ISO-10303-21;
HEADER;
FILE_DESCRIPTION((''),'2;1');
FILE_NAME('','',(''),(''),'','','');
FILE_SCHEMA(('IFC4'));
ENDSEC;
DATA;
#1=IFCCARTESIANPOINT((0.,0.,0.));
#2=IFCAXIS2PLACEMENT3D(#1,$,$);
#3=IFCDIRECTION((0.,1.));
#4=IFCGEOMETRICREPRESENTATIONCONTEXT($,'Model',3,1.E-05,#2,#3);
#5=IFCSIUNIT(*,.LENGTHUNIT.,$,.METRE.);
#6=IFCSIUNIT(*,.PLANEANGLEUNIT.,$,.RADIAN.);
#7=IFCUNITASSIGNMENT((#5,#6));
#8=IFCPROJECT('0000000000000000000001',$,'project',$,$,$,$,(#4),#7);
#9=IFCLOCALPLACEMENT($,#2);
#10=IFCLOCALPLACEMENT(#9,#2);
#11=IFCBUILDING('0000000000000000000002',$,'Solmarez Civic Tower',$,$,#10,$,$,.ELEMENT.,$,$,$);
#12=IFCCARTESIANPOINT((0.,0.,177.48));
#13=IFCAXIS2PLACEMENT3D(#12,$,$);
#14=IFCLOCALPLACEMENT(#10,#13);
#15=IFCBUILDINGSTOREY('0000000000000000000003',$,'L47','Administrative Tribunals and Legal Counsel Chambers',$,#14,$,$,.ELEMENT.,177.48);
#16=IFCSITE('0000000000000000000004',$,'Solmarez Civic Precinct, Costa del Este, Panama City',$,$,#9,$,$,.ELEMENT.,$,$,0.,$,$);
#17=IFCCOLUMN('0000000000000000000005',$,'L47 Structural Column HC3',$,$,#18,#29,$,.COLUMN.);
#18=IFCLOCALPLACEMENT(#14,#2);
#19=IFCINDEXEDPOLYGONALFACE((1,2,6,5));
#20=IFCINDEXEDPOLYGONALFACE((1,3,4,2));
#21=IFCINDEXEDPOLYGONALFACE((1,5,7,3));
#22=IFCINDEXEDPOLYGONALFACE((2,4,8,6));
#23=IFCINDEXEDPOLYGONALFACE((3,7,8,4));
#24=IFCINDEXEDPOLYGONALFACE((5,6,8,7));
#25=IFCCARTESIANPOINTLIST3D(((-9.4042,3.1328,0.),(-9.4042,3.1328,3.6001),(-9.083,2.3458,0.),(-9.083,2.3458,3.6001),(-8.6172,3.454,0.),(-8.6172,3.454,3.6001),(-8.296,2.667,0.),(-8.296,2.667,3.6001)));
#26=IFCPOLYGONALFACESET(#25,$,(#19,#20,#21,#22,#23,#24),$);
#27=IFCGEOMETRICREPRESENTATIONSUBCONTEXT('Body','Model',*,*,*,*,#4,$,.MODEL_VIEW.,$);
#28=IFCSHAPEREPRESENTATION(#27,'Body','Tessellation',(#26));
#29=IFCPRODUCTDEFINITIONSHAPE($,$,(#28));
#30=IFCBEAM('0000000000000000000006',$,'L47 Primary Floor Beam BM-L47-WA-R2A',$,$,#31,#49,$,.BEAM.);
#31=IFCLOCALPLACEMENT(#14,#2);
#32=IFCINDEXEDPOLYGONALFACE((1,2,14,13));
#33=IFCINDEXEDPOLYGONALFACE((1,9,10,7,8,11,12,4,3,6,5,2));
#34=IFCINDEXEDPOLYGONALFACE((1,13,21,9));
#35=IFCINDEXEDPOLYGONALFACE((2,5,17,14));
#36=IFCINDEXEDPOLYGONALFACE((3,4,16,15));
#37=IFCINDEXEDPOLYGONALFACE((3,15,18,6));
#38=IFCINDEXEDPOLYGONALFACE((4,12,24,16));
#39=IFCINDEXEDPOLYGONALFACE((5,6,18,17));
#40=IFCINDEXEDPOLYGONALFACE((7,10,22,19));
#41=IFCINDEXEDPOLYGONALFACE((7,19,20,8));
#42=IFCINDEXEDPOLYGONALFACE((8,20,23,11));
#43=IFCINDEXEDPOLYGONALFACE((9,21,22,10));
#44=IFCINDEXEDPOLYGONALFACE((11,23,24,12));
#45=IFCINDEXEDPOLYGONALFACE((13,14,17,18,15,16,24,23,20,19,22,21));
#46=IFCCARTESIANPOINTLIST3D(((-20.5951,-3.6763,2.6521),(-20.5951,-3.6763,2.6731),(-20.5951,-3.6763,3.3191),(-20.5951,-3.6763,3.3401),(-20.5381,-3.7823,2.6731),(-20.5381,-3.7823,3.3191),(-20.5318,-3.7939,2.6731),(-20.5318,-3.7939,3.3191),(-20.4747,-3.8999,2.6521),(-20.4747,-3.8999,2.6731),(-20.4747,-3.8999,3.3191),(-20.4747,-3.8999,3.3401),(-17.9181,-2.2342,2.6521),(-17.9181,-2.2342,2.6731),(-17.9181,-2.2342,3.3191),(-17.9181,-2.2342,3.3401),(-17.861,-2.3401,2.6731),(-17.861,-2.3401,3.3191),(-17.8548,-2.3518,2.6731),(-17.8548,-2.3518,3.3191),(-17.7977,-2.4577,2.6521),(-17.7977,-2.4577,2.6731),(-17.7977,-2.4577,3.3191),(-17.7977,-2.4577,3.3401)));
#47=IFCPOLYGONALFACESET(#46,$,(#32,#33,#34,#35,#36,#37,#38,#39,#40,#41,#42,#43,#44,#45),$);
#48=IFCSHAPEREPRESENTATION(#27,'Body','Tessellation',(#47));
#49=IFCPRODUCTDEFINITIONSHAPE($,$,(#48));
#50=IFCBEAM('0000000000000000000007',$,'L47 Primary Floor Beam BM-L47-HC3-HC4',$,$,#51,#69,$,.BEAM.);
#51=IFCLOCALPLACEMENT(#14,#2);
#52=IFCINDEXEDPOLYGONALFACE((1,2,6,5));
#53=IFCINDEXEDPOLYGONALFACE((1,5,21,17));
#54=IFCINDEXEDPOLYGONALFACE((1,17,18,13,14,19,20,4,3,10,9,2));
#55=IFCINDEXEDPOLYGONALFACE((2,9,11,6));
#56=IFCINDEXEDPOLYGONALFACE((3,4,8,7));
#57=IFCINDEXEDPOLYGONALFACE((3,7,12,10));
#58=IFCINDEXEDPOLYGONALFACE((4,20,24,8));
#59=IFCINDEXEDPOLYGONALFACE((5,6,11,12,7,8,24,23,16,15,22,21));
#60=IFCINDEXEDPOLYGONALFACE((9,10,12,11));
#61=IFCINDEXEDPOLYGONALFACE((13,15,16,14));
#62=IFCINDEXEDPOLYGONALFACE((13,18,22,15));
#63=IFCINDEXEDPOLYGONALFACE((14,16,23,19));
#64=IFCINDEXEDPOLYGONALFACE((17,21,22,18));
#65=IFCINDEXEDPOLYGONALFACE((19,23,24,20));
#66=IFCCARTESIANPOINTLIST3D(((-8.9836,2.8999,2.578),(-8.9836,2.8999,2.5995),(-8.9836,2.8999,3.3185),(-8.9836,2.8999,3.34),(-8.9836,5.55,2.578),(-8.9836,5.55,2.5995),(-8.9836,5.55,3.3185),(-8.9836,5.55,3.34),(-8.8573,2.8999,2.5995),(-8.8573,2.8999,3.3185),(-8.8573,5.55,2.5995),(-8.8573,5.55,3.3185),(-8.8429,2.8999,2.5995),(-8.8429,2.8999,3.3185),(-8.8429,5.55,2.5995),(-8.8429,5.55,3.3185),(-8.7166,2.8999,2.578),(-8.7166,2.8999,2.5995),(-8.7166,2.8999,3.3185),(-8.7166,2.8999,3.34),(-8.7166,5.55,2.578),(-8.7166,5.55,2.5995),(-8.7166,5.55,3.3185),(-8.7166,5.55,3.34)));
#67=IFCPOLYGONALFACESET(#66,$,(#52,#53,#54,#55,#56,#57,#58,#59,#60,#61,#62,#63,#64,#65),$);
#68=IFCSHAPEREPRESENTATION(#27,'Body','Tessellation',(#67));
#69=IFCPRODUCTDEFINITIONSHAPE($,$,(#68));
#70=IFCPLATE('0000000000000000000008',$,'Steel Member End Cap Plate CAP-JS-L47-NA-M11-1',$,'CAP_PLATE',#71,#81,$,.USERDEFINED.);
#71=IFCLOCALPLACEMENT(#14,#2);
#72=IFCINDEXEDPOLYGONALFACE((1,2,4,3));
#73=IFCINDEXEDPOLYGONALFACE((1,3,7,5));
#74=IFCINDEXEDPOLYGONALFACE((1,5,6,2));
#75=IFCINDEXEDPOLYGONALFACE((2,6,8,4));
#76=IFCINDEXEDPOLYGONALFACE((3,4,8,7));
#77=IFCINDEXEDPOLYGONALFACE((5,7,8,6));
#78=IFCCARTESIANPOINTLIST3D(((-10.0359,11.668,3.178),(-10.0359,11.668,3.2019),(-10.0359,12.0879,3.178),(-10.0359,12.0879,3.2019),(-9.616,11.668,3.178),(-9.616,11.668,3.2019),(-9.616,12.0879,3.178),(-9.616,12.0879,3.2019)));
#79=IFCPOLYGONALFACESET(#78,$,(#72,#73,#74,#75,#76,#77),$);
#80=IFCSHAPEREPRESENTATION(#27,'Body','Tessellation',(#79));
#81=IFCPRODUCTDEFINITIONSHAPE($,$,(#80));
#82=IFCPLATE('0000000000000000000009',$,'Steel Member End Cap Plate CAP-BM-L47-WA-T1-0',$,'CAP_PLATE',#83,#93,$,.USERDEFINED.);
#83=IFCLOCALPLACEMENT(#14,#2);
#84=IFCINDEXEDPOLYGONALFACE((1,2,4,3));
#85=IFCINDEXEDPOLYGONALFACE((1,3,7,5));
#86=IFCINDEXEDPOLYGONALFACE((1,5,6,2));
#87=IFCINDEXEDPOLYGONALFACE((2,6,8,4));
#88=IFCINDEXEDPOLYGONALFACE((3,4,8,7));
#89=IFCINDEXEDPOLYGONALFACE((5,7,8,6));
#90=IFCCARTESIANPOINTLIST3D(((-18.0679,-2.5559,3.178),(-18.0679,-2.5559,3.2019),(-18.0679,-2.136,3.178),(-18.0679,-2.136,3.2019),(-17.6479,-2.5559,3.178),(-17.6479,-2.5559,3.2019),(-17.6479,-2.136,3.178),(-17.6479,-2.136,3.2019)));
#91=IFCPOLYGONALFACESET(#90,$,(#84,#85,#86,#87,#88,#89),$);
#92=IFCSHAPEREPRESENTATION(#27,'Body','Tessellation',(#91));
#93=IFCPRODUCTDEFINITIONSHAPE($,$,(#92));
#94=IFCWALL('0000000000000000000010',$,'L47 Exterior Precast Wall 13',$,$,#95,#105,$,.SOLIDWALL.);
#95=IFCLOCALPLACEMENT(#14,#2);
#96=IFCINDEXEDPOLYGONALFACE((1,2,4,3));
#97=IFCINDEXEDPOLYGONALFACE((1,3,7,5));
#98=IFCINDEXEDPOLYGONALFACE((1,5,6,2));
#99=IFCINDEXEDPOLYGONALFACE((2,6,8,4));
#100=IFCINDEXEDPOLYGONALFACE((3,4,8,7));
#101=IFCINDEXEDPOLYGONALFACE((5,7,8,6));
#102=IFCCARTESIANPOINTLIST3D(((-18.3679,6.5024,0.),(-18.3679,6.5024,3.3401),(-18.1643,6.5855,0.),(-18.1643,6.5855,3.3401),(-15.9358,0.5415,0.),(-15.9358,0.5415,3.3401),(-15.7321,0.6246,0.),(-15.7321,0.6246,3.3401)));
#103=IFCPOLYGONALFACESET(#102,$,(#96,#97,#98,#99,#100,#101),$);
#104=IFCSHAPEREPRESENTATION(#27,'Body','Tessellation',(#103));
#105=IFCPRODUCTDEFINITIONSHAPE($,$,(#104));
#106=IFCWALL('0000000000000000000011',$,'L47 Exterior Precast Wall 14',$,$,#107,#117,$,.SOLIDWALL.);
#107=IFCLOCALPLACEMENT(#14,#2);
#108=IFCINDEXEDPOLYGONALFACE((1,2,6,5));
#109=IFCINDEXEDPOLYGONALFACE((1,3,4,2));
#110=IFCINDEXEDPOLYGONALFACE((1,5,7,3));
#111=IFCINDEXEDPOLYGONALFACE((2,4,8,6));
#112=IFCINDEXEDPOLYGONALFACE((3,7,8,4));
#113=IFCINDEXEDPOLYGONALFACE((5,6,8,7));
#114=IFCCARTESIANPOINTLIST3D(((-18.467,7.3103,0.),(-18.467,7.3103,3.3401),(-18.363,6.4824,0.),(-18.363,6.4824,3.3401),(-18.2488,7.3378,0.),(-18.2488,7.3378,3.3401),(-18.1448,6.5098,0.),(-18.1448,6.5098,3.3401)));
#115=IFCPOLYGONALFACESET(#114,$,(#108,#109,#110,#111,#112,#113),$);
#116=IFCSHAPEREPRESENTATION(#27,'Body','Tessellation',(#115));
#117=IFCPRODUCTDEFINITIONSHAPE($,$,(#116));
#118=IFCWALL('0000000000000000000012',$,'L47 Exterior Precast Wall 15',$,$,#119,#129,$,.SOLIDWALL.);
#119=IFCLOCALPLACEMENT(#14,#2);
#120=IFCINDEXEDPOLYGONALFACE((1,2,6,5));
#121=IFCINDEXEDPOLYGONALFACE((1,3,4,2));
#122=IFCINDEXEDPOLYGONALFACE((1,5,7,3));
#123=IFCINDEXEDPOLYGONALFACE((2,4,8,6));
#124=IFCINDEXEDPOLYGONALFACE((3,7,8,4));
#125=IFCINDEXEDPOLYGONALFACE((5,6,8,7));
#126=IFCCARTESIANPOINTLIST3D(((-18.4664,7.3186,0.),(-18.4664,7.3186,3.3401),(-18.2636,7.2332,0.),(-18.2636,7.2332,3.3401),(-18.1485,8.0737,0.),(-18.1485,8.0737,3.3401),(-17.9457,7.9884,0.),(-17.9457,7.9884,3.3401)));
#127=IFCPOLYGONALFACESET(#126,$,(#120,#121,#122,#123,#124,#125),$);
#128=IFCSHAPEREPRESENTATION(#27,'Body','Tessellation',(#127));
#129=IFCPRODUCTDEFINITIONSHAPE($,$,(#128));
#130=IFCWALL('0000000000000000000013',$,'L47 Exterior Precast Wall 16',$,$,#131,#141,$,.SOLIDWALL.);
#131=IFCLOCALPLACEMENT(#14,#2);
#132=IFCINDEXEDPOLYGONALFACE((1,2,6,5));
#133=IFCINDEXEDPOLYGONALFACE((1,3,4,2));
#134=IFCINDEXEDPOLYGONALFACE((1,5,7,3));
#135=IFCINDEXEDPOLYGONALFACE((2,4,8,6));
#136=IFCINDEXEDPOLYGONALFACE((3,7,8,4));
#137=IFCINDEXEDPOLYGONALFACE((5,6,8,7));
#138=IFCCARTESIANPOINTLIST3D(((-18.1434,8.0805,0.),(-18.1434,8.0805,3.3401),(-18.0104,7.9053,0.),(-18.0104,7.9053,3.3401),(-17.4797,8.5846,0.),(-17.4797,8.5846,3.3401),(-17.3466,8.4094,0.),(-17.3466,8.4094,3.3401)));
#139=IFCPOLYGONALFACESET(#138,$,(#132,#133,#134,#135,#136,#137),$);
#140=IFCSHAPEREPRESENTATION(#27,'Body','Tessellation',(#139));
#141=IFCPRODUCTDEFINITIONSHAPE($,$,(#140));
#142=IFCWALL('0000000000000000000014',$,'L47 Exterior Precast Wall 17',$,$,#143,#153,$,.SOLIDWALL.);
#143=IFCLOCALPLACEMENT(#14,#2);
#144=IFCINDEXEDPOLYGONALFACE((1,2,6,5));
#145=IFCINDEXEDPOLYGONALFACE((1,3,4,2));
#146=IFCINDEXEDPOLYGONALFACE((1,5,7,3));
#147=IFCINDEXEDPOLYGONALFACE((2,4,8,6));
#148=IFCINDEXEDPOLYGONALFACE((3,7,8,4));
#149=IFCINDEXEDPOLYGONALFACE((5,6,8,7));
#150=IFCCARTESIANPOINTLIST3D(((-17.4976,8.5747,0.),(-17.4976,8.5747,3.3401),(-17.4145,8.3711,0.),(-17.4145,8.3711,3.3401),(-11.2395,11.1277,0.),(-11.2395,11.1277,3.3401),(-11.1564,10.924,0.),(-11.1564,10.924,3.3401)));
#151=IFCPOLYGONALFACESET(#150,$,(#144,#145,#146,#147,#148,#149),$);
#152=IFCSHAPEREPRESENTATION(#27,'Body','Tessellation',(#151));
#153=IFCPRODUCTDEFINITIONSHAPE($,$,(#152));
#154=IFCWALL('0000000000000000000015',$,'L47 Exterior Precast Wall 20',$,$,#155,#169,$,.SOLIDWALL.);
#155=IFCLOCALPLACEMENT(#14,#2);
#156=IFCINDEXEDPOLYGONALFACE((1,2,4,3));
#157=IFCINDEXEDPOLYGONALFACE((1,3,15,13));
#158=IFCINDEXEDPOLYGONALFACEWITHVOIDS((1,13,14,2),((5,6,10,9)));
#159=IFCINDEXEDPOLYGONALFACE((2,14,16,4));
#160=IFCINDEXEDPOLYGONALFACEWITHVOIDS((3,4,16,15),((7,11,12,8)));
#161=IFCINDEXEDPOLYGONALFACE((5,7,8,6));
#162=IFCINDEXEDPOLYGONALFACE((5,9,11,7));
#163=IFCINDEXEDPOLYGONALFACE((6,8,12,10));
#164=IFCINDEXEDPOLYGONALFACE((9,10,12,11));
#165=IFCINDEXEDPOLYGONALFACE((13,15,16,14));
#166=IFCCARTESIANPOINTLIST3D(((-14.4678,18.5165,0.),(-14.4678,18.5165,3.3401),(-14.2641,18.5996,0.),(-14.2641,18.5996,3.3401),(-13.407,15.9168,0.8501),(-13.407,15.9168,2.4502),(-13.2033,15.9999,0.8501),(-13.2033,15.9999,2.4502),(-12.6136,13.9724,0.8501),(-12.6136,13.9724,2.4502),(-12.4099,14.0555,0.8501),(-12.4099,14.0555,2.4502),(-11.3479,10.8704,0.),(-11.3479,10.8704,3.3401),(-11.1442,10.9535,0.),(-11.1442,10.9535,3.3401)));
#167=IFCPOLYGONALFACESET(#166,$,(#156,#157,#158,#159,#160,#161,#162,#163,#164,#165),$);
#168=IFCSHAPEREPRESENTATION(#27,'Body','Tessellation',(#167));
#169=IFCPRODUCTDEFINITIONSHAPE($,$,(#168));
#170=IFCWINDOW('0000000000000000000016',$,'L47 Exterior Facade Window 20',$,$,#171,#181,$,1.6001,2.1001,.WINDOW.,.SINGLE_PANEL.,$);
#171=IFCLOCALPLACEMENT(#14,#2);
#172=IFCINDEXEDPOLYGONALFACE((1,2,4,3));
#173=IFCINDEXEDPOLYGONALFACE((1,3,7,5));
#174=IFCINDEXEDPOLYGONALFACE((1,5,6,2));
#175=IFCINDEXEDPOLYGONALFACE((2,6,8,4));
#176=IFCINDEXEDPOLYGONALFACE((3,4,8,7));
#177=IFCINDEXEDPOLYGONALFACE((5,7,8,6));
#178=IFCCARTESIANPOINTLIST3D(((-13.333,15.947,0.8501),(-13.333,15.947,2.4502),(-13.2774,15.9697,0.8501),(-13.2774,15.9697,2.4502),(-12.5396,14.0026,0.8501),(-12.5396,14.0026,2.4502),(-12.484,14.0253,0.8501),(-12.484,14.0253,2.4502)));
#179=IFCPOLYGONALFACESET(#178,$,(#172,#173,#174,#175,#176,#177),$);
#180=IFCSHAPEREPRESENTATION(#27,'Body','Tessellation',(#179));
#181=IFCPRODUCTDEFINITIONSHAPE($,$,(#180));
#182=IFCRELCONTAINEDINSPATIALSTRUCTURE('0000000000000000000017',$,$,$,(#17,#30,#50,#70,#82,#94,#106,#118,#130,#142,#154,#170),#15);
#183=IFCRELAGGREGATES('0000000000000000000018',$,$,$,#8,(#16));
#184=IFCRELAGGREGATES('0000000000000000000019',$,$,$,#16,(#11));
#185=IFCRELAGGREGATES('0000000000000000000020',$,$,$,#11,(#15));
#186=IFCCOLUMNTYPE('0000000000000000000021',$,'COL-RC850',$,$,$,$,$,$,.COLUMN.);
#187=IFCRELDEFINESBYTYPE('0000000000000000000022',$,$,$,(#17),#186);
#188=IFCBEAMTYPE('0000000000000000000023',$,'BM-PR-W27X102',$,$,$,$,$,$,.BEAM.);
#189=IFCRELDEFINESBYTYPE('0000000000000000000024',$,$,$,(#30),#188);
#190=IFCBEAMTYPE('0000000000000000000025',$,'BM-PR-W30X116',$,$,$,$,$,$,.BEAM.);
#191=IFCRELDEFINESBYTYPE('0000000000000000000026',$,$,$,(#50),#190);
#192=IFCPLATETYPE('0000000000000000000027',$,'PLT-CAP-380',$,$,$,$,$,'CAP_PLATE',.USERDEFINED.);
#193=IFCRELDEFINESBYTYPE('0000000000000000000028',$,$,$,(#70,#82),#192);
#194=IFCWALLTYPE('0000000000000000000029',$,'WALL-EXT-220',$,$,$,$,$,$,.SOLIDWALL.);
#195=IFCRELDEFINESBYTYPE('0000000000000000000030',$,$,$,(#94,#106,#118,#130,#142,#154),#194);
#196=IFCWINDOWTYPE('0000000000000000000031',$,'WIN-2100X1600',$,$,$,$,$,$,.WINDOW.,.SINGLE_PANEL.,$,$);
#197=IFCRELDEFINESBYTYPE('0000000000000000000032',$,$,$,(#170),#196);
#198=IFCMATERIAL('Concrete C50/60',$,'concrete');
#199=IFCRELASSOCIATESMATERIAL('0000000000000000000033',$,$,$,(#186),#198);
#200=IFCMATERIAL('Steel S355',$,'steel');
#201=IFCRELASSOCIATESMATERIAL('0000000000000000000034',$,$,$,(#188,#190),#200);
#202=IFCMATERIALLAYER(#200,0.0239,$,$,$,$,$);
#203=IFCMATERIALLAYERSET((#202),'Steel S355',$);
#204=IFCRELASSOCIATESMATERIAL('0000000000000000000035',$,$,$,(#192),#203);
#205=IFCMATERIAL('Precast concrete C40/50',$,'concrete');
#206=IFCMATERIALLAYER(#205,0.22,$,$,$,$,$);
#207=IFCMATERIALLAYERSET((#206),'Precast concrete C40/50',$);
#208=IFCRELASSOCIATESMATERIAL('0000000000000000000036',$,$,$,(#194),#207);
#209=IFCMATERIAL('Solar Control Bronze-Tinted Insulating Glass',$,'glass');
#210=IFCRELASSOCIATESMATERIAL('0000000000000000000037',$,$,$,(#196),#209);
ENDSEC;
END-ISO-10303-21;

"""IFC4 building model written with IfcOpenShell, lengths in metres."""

from ifc_helpers import new_model, si_unit, direction, frame, frame_2d, origin, origin_2d, place, context, subcontext, project, spatial, rectangle, i_section, extrude, material, layer, layer_set, material_profile, profile_set, type_object, element, fill, save


model = new_model("IFC4")

# Units and contexts
model_context = context("Model", 3, precision=1e-05, world=origin(), true_north=direction((0.0, 1.0)))
body_context = subcontext(model_context, "Body", "Model", "MODEL_VIEW")
ifc_project = project(units=[si_unit("LENGTHUNIT", "METRE"), si_unit("PLANEANGLEUNIT", "RADIAN")], contexts=[model_context])

# Site, building, storey
site_placement = place(None, origin())
site = spatial("IfcSite", under=ifc_project, at=site_placement, Name="Solmarez Civic Precinct, Costa del Este, Panama City", CompositionType="ELEMENT", RefElevation=0.0)
building_placement = place(site_placement, origin())
building = spatial("IfcBuilding", under=site, at=building_placement, Name="Solmarez Civic Tower", CompositionType="ELEMENT")
storey_placement = place(building_placement, frame((0.0, 0.0, 177.48)))
storey = spatial("IfcBuildingStorey", under=building, at=storey_placement, Name="L47", Description="Administrative Tribunals and Legal Counsel Chambers", CompositionType="ELEMENT", Elevation=177.48)

# Column
ifc_material_1 = material(Name="Concrete C50/60", Category="concrete")
ifc_material_profile_1 = material_profile(ifc_material_1, rectangle(XDim=0.8501, YDim=0.8501, at=origin_2d()), Name="RC850X850")
ifc_profile_set_1 = profile_set([ifc_material_profile_1], Name="Concrete C50/60")
column_type = type_object("IfcColumnType", Name="COL-RC850", PredefinedType="COLUMN", material=ifc_profile_set_1)
column_placement = place(storey_placement, frame((-8.8501, 2.8999, 0.0), z_axis=(0.0, 0.0, 1.0), x_axis=(0.925871, 0.377841, 0.0)))
element("IfcColumn", 1, at=column_placement, inside=storey, type_object=column_type, Name="L47 Structural Column HC3", PredefinedType="COLUMN", context=body_context, shape_type="SweptSolid", body=[
    extrude(rectangle(XDim=0.8501, YDim=0.8501, at=origin_2d()), origin(), (0.0, 0.0, 1.0), 3.6001),
])

# Beams
ifc_material_2 = material(Name="Steel S355", Category="steel")
ifc_material_profile_2 = material_profile(ifc_material_2, i_section(OverallWidth=0.2539, OverallDepth=0.688, WebThickness=0.0132, FlangeThickness=0.021, at=origin_2d()), Name="W27X102")
ifc_profile_set_2 = profile_set([ifc_material_profile_2], Name="Steel S355")
beam_type_1 = type_object("IfcBeamType", Name="BM-PR-W27X102", PredefinedType="BEAM", material=ifc_profile_set_2)
beam_1_placement = place(storey_placement, frame((-17.8579, -2.3459, 2.9961), z_axis=(-0.880378, -0.474272, 0.0), x_axis=(0.474272, -0.880378, 0.0)))
element("IfcBeam", 2, at=beam_1_placement, inside=storey, type_object=beam_type_1, Name="L47 Primary Floor Beam BM-L47-WA-R2A", PredefinedType="BEAM", context=body_context, shape_type="SweptSolid", body=[
    extrude(i_section(OverallWidth=0.2539, OverallDepth=0.688, WebThickness=0.0132, FlangeThickness=0.021, at=origin_2d()), origin(), (0.0, 0.0, 1.0), 3.0408),
])
ifc_material_profile_3 = material_profile(ifc_material_2, i_section(OverallWidth=0.2671, OverallDepth=0.762, WebThickness=0.0144, FlangeThickness=0.0215, at=origin_2d()), Name="W30X116")
ifc_profile_set_3 = profile_set([ifc_material_profile_3], Name="Steel S355")
beam_type_2 = type_object("IfcBeamType", Name="BM-PR-W30X116", PredefinedType="BEAM", material=ifc_profile_set_3)
beam_2_placement = place(storey_placement, frame((-8.8501, 2.8999, 2.959), z_axis=(0.0, 1.0, 0.0), x_axis=(-1.0, 0.0, 0.0)))
element("IfcBeam", 3, at=beam_2_placement, inside=storey, type_object=beam_type_2, Name="L47 Primary Floor Beam BM-L47-HC3-HC4", PredefinedType="BEAM", context=body_context, shape_type="SweptSolid", body=[
    extrude(i_section(OverallWidth=0.2671, OverallDepth=0.762, WebThickness=0.0144, FlangeThickness=0.0215, at=origin_2d()), origin(), (0.0, 0.0, 1.0), 2.6501),
])

# Plates
ifc_layer_1 = layer(ifc_material_2, 0.0239)
ifc_layer_set_1 = layer_set([ifc_layer_1], Name="Steel S355")
plate_type = type_object("IfcPlateType", Name="PLT-CAP-380", ElementType="CAP_PLATE", PredefinedType="USERDEFINED", material=ifc_layer_set_1)
for number, where, z_axis, x_axis, name in (
    (4, (-9.8259, 11.8779, 3.178), (0.0, 0.0, 1.0), (1.0, 0.0, 0.0), "Steel Member End Cap Plate CAP-JS-L47-NA-M11-1"),
    (5, (-17.8579, -2.3459, 3.178), (0.0, 0.0, 1.0), (1.0, 0.0, 0.0), "Steel Member End Cap Plate CAP-BM-L47-WA-T1-0"),
):
    element("IfcPlate", number, at=place(storey_placement, frame(where, z_axis=z_axis, x_axis=x_axis)), inside=storey, type_object=plate_type, Name=name, ObjectType="CAP_PLATE", PredefinedType="USERDEFINED", context=body_context, shape_type="SweptSolid", body=[
        extrude(rectangle(XDim=0.4199, YDim=0.4199, at=origin_2d()), origin(), (0.0, 0.0, 1.0), 0.0239),
    ])

# Walls
ifc_material_3 = material(Name="Precast concrete C40/50", Category="concrete")
ifc_layer_2 = layer(ifc_material_3, 0.22)
ifc_layer_set_2 = layer_set([ifc_layer_2], Name="Precast concrete C40/50")
wall_type_1 = type_object("IfcWallType", Name="WALL-EXT-220", PredefinedType="SOLIDWALL", material=ifc_layer_set_2)
wall_1_placement = place(storey_placement, frame((-15.834, 0.583, 0.0), z_axis=(0.0, 0.0, 1.0), x_axis=(-0.377776, 0.925897, 0.0)))
element("IfcWall", 6, at=wall_1_placement, inside=storey, type_object=wall_type_1, Name="L47 Exterior Precast Wall 13", PredefinedType="SOLIDWALL", context=body_context, shape_type="SweptSolid", body=[
    extrude(rectangle(XDim=6.438, YDim=0.22, at=frame_2d((3.219, 0.0))), origin(), (0.0, 0.0, 1.0), 3.3401),
])
wall_2_placement = place(storey_placement, frame((-18.2539, 6.4961, 0.0), z_axis=(0.0, 0.0, 1.0), x_axis=(-0.124647, 0.992201, 0.0)))
element("IfcWall", 7, at=wall_2_placement, inside=storey, type_object=wall_type_1, Name="L47 Exterior Precast Wall 14", PredefinedType="SOLIDWALL", context=body_context, shape_type="SweptSolid", body=[
    extrude(rectangle(XDim=0.8345, YDim=0.22, at=frame_2d((0.4172, 0.0))), origin(), (0.0, 0.0, 1.0), 3.3401),
])
wall_3_placement = place(storey_placement, frame((-18.365, 7.2759, 0.0), z_axis=(0.0, 0.0, 1.0), x_axis=(0.387977, 0.921669, 0.0)))
element("IfcWall", 8, at=wall_3_placement, inside=storey, type_object=wall_type_1, Name="L47 Exterior Precast Wall 15", PredefinedType="SOLIDWALL", context=body_context, shape_type="SweptSolid", body=[
    extrude(rectangle(XDim=0.8193, YDim=0.22, at=frame_2d((0.4097, 0.0))), origin(), (0.0, 0.0, 1.0), 3.3401),
])
wall_4_placement = place(storey_placement, frame((-18.0769, 7.9929, 0.0), z_axis=(0.0, 0.0, 1.0), x_axis=(0.796365, 0.604816, 0.0)))
element("IfcWall", 9, at=wall_4_placement, inside=storey, type_object=wall_type_1, Name="L47 Exterior Precast Wall 16", PredefinedType="SOLIDWALL", context=body_context, shape_type="SweptSolid", body=[
    extrude(rectangle(XDim=0.8335, YDim=0.22, at=frame_2d((0.4167, 0.0))), origin(), (0.0, 0.0, 1.0), 3.3401),
])
wall_5_placement = place(storey_placement, frame((-17.4561, 8.4729, 0.0), z_axis=(0.0, 0.0, 1.0), x_axis=(0.925916, 0.377728, 0.0)))
element("IfcWall", 10, at=wall_5_placement, inside=storey, type_object=wall_type_1, Name="L47 Exterior Precast Wall 17", PredefinedType="SOLIDWALL", context=body_context, shape_type="SweptSolid", body=[
    extrude(rectangle(XDim=6.7588, YDim=0.22, at=frame_2d((3.3794, 0.0))), origin(), (0.0, 0.0, 1.0), 3.3401),
])

# Wall, opening, window
wall_6_placement = place(storey_placement, frame((-11.2461, 10.9121, 0.0), z_axis=(0.0, 0.0, 1.0), x_axis=(-0.377799, 0.925888, 0.0)))
wall_6 = element("IfcWall", 11, at=wall_6_placement, inside=storey, type_object=wall_type_1, Name="L47 Exterior Precast Wall 20", PredefinedType="SOLIDWALL", context=body_context, shape_type="SweptSolid", body=[
    extrude(rectangle(XDim=8.2581, YDim=0.22, at=frame_2d((4.1289, 0.0))), origin(), (0.0, 0.0, 1.0), 3.3401),
])
opening_1_placement = place(wall_6_placement, frame((3.3501, 0.0, 0.8501)))
opening_1 = element("IfcOpeningElement", 12, at=opening_1_placement, cuts=wall_6, PredefinedType="OPENING", context=body_context, shape_type="SweptSolid", body=[
    extrude(rectangle(XDim=2.1001, YDim=1.6001, at=frame_2d((1.05, 0.8))), frame((0.0, 0.1199, 0.0), z_axis=(0.0, -1.0, 0.0), x_axis=(1.0, 0.0, 0.0)), (0.0, 0.0, 1.0), 0.24),
])
ifc_material_4 = material(Name="Solar Control Bronze-Tinted Insulating Glass", Category="glass")
window_type = type_object("IfcWindowType", Name="WIN-2100X1600", PartitioningType="SINGLE_PANEL", PredefinedType="WINDOW", material=ifc_material_4)
window_placement = place(opening_1_placement, origin())
window = element("IfcWindow", 13, at=window_placement, inside=storey, type_object=window_type, Name="L47 Exterior Facade Window 20", OverallHeight=1.6001, OverallWidth=2.1001, PartitioningType="SINGLE_PANEL", PredefinedType="WINDOW", context=body_context, shape_type="SweptSolid", body=[
    extrude(rectangle(XDim=2.1001, YDim=1.6001, at=frame_2d((1.05, 0.8))), frame((0.0, 0.03, 0.0), z_axis=(0.0, -1.0, 0.0), x_axis=(1.0, 0.0, 0.0)), (0.0, 0.0, 1.0), 0.0601),
])
fill(opening_1, window)

save(model, "model.ifc")
